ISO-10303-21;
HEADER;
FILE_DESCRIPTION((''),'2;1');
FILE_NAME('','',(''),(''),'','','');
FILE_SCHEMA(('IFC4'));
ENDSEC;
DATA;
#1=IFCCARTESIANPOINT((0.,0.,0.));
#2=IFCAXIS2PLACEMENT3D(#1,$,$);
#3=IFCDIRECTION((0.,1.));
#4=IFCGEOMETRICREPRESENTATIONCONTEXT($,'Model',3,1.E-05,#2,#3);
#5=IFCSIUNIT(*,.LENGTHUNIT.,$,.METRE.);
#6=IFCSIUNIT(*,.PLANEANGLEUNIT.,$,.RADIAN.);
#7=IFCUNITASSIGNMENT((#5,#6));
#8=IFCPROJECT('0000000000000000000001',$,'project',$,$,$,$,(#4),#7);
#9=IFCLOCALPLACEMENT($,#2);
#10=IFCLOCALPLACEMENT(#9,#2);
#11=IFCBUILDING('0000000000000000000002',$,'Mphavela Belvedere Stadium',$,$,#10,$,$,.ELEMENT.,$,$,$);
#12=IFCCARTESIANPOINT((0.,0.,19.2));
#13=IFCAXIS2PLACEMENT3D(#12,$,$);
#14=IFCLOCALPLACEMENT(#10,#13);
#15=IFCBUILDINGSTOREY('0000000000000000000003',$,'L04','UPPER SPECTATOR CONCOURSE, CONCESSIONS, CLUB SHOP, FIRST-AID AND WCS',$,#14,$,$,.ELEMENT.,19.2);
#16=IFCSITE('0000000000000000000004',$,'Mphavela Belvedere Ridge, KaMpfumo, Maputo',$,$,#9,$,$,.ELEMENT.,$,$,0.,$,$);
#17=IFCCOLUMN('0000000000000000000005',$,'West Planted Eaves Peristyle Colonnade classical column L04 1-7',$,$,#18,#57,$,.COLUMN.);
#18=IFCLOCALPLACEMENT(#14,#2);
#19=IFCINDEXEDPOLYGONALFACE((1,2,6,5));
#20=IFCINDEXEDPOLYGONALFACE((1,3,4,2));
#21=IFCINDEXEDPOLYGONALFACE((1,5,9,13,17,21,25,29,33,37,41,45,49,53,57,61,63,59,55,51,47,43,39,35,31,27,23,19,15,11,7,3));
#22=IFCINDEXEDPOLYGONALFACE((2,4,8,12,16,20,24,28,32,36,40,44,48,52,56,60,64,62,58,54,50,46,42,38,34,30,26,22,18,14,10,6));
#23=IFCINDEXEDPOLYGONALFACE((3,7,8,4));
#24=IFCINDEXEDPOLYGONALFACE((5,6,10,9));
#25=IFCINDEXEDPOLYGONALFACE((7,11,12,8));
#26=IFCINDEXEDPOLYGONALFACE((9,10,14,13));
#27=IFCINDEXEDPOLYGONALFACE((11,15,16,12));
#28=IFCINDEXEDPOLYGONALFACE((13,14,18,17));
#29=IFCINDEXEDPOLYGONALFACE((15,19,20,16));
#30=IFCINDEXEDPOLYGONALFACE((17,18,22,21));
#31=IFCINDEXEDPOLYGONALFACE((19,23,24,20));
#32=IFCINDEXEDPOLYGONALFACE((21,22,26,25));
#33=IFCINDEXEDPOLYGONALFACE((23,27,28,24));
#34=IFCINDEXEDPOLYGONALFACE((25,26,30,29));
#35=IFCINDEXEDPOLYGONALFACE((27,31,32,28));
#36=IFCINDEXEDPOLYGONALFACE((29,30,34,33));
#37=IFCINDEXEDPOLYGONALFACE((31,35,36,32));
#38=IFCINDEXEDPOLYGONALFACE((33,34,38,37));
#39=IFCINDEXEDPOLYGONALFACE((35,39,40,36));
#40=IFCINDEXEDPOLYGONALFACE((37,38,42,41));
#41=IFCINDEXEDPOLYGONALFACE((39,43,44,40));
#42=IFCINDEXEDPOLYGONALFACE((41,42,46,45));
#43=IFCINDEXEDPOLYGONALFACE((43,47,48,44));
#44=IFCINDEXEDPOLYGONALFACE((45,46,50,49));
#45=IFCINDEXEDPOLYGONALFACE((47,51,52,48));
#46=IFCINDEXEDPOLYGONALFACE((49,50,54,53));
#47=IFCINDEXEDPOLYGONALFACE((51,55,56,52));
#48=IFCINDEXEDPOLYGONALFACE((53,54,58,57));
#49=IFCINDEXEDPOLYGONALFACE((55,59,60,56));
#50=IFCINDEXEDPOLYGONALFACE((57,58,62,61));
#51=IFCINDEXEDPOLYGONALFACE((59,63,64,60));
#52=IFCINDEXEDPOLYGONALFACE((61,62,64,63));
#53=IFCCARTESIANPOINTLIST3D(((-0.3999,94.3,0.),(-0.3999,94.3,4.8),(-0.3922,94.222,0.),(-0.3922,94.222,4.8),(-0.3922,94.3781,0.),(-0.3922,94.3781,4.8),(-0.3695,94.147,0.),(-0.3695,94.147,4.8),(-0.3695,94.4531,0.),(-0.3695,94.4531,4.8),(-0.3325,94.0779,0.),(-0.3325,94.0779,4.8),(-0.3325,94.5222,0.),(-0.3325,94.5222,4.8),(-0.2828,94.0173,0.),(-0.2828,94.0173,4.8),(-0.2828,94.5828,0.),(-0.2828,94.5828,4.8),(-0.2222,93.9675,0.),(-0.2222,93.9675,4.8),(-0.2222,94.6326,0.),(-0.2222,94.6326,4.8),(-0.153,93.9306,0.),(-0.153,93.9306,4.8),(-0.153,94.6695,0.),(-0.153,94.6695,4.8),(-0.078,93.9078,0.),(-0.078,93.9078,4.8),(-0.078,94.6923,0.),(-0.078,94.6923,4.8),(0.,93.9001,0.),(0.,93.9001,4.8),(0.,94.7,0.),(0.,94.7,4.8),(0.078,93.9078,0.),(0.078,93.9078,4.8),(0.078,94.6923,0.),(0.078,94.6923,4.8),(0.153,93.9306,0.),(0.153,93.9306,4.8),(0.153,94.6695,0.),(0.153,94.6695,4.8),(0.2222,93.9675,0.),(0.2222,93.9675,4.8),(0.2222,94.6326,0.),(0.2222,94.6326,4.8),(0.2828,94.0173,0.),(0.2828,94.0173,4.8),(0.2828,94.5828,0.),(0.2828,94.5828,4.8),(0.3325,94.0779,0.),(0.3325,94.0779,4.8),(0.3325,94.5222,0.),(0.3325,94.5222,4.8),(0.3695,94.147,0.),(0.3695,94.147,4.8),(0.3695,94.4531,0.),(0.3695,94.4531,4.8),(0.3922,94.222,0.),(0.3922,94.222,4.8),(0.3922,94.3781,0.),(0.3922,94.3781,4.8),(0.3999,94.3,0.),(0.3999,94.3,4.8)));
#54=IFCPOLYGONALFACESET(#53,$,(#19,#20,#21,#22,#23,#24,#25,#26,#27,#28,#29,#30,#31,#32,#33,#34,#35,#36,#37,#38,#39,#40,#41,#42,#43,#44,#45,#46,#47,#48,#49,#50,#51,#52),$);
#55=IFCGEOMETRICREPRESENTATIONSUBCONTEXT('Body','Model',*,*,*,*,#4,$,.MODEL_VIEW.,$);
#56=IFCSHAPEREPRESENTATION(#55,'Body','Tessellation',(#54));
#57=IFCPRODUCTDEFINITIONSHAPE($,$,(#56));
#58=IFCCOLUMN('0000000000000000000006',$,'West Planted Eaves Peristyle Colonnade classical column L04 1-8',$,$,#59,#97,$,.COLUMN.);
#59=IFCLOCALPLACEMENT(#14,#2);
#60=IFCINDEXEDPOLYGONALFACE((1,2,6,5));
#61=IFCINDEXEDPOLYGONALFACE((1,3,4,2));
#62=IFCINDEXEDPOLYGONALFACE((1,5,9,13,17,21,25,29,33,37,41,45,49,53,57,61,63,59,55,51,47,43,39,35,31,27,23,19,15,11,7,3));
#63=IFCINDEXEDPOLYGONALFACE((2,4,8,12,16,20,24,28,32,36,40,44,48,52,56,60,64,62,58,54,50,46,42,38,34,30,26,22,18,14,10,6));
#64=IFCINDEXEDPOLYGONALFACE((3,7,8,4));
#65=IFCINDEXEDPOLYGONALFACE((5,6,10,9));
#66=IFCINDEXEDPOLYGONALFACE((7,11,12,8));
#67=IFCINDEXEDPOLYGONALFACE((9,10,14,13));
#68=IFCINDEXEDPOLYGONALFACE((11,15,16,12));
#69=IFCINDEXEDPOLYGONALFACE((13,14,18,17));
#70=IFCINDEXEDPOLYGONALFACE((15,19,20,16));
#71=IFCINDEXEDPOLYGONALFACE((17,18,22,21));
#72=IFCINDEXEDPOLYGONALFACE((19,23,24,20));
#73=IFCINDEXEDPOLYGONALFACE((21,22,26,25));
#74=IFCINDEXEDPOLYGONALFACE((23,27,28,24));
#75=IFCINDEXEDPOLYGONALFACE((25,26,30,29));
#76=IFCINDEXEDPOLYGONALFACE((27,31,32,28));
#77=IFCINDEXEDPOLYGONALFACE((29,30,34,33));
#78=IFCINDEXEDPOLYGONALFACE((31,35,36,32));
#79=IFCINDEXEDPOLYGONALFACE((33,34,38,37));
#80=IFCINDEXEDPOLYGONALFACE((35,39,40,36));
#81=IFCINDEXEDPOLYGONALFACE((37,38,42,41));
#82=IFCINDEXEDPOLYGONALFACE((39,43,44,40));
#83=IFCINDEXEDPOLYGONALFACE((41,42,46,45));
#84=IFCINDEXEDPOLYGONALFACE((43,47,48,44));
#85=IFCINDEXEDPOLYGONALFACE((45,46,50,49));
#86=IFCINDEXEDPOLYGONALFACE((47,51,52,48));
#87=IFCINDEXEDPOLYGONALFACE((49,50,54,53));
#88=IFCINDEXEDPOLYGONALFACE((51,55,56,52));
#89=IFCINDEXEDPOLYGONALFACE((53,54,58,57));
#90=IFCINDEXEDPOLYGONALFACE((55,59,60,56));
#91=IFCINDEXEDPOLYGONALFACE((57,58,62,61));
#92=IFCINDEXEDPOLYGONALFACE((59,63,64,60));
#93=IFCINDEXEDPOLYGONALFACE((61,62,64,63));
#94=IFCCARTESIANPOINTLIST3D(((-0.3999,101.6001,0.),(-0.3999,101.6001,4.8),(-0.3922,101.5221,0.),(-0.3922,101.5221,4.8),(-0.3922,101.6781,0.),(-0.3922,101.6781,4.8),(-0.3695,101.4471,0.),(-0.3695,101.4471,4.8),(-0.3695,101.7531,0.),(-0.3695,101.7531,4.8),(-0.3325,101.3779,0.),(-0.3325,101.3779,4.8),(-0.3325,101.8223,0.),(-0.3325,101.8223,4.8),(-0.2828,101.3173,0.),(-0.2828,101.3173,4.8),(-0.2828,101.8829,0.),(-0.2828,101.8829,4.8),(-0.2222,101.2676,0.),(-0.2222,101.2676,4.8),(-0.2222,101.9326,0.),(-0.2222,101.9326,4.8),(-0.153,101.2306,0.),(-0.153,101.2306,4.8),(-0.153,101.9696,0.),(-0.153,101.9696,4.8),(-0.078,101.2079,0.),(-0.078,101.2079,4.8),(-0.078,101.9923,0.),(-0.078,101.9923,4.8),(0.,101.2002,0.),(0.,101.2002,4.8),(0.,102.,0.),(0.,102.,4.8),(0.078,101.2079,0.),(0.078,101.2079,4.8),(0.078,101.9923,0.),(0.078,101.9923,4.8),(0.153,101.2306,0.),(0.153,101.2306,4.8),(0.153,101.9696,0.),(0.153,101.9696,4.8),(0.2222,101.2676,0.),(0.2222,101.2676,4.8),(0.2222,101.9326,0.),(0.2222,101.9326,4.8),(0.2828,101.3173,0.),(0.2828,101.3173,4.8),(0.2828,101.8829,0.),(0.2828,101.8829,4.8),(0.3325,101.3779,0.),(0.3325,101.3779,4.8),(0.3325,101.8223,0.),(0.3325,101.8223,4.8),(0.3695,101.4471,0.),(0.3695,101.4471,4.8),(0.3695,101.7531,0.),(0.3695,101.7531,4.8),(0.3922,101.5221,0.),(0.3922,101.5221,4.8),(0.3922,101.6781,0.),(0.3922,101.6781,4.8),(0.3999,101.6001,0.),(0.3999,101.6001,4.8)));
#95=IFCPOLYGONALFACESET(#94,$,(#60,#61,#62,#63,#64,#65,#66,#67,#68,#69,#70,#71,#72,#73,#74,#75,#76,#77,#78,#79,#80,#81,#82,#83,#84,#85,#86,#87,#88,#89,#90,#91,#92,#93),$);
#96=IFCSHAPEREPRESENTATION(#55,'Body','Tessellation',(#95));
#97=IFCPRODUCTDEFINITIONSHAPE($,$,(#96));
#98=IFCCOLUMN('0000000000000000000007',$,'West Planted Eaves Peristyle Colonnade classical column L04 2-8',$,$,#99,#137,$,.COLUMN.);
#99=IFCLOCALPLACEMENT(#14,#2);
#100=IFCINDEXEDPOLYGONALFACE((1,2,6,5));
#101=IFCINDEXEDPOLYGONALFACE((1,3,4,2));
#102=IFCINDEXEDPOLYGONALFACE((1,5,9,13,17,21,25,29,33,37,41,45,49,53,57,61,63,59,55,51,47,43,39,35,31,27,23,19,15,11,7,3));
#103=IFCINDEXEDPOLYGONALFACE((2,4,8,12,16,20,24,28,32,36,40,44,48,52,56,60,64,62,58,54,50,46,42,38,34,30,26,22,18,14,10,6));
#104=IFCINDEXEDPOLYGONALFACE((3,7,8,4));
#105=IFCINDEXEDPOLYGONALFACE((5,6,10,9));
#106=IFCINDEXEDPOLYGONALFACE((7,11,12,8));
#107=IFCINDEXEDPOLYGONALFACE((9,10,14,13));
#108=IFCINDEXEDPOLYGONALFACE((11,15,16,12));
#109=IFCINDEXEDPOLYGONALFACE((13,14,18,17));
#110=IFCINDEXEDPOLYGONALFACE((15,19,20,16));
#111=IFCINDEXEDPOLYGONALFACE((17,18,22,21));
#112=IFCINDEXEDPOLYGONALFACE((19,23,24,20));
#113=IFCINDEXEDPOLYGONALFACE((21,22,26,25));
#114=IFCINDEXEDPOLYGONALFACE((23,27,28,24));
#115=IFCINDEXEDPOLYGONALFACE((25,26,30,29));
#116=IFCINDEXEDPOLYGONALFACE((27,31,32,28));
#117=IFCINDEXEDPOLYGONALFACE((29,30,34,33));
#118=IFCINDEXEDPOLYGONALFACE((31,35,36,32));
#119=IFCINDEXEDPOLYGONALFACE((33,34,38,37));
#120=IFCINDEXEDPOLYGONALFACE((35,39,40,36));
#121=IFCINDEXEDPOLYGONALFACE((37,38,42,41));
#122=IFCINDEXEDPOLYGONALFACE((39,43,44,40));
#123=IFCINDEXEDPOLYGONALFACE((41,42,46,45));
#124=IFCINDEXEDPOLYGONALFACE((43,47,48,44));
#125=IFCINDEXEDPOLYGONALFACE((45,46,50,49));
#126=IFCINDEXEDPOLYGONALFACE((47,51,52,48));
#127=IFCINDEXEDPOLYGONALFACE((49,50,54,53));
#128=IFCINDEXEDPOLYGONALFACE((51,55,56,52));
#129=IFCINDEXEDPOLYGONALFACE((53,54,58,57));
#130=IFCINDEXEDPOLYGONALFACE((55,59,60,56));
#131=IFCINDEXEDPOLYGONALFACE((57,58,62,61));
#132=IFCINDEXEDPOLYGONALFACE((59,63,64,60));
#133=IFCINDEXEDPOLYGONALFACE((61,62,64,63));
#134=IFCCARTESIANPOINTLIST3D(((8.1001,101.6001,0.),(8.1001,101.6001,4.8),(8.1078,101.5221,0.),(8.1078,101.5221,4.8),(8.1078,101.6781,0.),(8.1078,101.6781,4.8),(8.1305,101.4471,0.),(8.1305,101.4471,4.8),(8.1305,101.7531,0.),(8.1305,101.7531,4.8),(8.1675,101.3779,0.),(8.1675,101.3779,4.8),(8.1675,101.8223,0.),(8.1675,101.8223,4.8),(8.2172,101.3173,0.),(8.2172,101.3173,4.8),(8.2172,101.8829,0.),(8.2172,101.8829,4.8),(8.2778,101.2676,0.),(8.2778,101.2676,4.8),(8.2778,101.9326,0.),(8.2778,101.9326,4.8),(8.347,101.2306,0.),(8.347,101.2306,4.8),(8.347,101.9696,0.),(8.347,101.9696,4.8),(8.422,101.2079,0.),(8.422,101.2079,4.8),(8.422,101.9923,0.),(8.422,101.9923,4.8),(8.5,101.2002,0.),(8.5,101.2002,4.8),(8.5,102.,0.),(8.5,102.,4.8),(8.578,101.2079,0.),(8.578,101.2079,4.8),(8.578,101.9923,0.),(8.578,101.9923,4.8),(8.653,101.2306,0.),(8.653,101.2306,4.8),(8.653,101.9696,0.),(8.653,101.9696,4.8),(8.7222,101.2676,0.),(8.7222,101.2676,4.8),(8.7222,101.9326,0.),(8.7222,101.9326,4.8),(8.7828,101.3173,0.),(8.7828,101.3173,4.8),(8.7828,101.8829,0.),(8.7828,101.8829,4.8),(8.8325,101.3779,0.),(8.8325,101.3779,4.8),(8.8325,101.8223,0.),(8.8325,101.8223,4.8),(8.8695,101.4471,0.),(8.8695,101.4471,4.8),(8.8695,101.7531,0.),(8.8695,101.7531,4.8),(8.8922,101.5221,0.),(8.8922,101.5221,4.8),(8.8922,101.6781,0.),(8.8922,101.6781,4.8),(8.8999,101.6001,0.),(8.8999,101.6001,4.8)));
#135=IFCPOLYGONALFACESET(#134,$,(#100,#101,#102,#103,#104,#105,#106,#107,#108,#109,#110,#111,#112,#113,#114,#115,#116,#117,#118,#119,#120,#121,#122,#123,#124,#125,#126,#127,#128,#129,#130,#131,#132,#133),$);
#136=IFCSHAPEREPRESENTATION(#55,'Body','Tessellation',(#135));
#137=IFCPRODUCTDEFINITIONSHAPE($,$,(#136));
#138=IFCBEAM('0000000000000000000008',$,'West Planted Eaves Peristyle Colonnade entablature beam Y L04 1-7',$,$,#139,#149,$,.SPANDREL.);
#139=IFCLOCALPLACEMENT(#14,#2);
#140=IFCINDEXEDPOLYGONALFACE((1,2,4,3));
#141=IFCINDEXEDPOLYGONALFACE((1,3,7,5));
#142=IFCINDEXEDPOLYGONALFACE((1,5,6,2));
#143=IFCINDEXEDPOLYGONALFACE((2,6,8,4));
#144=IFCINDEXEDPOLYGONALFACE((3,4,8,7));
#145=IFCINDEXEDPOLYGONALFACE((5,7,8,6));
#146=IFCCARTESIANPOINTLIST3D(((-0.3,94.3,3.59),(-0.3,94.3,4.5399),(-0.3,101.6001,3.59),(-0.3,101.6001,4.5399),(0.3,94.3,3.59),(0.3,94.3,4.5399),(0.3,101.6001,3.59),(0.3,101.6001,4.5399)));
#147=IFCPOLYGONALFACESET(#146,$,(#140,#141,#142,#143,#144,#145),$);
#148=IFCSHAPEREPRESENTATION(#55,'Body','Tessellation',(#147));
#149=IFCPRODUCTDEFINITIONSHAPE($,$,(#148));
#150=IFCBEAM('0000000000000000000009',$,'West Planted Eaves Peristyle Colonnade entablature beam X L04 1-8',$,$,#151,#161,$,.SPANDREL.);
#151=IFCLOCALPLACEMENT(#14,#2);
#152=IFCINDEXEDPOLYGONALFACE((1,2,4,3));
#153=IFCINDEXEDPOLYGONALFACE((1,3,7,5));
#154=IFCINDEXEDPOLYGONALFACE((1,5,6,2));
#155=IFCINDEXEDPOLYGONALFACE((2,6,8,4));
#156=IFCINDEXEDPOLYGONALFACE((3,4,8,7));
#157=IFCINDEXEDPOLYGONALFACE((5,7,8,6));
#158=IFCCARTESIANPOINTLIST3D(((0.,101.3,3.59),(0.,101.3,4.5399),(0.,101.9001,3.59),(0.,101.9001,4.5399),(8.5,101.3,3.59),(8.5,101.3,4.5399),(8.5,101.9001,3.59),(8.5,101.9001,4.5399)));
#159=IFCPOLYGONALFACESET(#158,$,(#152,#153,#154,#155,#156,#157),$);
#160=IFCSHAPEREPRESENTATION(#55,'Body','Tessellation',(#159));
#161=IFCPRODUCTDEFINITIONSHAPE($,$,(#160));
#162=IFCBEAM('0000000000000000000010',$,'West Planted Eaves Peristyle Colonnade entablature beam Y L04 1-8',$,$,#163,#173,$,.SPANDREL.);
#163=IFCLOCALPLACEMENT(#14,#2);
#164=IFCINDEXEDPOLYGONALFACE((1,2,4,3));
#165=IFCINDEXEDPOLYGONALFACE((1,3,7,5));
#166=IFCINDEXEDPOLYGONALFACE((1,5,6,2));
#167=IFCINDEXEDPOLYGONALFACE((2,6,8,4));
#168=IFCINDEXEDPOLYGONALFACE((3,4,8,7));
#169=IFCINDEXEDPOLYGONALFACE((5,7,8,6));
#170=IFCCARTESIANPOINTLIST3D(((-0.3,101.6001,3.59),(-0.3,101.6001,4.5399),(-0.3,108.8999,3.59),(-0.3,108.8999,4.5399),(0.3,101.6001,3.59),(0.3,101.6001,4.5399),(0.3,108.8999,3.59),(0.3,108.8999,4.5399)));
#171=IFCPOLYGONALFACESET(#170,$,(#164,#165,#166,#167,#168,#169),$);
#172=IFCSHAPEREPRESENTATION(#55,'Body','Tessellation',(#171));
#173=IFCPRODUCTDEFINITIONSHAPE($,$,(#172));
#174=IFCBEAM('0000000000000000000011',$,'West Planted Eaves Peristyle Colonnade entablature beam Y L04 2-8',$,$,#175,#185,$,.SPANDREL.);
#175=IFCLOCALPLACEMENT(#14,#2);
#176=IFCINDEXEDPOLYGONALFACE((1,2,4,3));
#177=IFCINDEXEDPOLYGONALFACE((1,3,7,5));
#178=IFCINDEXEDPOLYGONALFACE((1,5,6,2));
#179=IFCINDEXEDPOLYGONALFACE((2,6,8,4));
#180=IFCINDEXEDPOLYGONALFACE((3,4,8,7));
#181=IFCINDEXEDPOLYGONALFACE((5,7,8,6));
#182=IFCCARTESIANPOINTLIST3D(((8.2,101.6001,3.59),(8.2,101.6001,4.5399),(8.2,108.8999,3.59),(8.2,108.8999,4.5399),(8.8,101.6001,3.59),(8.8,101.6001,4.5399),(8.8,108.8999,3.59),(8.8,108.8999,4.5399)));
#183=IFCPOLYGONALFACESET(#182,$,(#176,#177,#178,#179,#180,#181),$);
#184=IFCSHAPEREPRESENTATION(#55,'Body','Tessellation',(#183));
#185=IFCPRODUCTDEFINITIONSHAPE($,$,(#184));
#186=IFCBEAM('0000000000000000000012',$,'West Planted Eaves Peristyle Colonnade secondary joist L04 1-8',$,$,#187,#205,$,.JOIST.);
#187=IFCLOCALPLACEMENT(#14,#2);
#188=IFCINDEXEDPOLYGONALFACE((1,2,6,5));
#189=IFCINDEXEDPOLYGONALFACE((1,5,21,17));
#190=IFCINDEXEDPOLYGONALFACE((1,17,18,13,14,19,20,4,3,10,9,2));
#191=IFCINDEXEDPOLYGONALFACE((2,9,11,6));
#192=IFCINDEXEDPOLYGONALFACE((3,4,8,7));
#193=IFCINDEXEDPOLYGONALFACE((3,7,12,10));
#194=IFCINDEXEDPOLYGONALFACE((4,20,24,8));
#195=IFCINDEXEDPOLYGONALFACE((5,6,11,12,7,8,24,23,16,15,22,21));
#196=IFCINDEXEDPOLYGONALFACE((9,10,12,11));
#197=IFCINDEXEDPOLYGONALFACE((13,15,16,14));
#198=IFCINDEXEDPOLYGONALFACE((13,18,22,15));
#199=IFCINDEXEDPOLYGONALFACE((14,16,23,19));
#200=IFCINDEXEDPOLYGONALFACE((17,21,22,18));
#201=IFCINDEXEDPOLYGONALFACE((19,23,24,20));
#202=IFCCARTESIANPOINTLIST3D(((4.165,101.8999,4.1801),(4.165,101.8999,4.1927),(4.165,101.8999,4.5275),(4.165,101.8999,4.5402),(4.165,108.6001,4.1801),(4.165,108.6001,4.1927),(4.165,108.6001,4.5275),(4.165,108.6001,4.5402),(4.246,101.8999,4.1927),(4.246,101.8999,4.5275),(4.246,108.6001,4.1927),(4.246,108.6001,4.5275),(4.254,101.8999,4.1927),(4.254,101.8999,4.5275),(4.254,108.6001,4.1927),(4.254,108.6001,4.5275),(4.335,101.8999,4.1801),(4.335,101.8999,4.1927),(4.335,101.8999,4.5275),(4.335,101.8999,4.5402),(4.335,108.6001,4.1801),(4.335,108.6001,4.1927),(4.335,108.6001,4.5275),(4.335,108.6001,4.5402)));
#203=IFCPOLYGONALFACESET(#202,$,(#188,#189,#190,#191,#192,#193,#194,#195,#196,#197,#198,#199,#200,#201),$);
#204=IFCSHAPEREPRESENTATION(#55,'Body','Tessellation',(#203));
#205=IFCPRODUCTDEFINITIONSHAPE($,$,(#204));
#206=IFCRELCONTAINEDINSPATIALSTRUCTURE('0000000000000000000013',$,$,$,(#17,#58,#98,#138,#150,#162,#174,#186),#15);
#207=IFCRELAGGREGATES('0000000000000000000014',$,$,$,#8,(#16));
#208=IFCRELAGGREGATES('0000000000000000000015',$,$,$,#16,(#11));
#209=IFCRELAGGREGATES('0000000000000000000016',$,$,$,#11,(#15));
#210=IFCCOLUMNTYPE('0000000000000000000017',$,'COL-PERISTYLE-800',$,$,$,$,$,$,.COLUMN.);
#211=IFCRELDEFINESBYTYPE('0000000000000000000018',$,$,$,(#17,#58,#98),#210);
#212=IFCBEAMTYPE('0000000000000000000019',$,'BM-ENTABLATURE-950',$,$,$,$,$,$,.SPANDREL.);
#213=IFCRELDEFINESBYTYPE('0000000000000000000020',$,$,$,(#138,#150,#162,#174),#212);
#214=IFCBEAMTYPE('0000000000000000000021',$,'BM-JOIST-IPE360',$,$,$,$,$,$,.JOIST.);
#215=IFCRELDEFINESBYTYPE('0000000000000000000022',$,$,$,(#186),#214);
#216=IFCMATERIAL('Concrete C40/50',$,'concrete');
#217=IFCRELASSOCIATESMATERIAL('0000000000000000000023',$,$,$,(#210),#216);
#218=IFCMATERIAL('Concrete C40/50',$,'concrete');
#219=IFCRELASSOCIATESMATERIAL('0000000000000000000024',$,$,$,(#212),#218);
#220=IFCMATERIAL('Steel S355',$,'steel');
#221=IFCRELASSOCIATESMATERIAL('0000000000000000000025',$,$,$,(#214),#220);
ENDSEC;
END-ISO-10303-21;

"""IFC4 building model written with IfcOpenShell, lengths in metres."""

from ifc_helpers import new_model, si_unit, direction, frame, origin, origin_2d, place, context, subcontext, project, spatial, rectangle, circle, i_section, extrude, material, material_profile, profile_set, type_object, element, save


model = new_model("IFC4")

# Units and contexts
model_context = context("Model", 3, precision=1e-05, world=origin(), true_north=direction((0.0, 1.0)))
body_context = subcontext(model_context, "Body", "Model", "MODEL_VIEW")
ifc_project = project(units=[si_unit("LENGTHUNIT", "METRE"), si_unit("PLANEANGLEUNIT", "RADIAN")], contexts=[model_context])

# Site, building, storey
site_placement = place(None, origin())
site = spatial("IfcSite", under=ifc_project, at=site_placement, Name="Mphavela Belvedere Ridge, KaMpfumo, Maputo", CompositionType="ELEMENT", RefElevation=0.0)
building_placement = place(site_placement, origin())
building = spatial("IfcBuilding", under=site, at=building_placement, Name="Mphavela Belvedere Stadium", CompositionType="ELEMENT")
storey_placement = place(building_placement, frame((0.0, 0.0, 19.2)))
storey = spatial("IfcBuildingStorey", under=building, at=storey_placement, Name="L04", Description="UPPER SPECTATOR CONCOURSE, CONCESSIONS, CLUB SHOP, FIRST-AID AND WCS", CompositionType="ELEMENT", Elevation=19.2)

# Columns
ifc_material_1 = material(Name="Concrete C40/50", Category="concrete")
ifc_material_profile_1 = material_profile(ifc_material_1, circle(Radius=0.3999, at=origin_2d()), Name="COL D800")
ifc_profile_set_1 = profile_set([ifc_material_profile_1], Name="Concrete C40/50")
column_type = type_object("IfcColumnType", Name="COL-PERISTYLE-800", PredefinedType="COLUMN", material=ifc_profile_set_1)
for number, where, z_axis, x_axis, name in (
    (1, (0.0, 94.3, 0.0), (0.0, 0.0, 1.0), (1.0, 0.0, 0.0), "West Planted Eaves Peristyle Colonnade classical column L04 1-7"),
    (2, (0.0, 101.6001, 0.0), (0.0, 0.0, 1.0), (1.0, 0.0, 0.0), "West Planted Eaves Peristyle Colonnade classical column L04 1-8"),
    (3, (8.5, 101.6001, 0.0), (0.0, 0.0, 1.0), (1.0, 0.0, 0.0), "West Planted Eaves Peristyle Colonnade classical column L04 2-8"),
):
    element("IfcColumn", number, at=place(storey_placement, frame(where, z_axis=z_axis, x_axis=x_axis)), inside=storey, type_object=column_type, Name=name, PredefinedType="COLUMN", context=body_context, shape_type="SweptSolid", body=[
        extrude(circle(Radius=0.3999, at=origin_2d()), origin(), (0.0, 0.0, 1.0), 4.8),
    ])

# Beams
ifc_material_2 = material(Name="Concrete C40/50", Category="concrete")
ifc_material_profile_2 = material_profile(ifc_material_2, rectangle(XDim=0.6001, YDim=0.95, at=origin_2d()), Name="RC 600x950")
ifc_profile_set_2 = profile_set([ifc_material_profile_2], Name="Concrete C40/50")
beam_type_1 = type_object("IfcBeamType", Name="BM-ENTABLATURE-950", PredefinedType="SPANDREL", material=ifc_profile_set_2)
beam_1_placement = place(storey_placement, frame((0.0, 94.3, 4.0649), z_axis=(0.0, 1.0, 0.0), x_axis=(-1.0, 0.0, 0.0)))
element("IfcBeam", 4, at=beam_1_placement, inside=storey, type_object=beam_type_1, Name="West Planted Eaves Peristyle Colonnade entablature beam Y L04 1-7", PredefinedType="SPANDREL", context=body_context, shape_type="SweptSolid", body=[
    extrude(rectangle(XDim=0.6001, YDim=0.95, at=origin_2d()), origin(), (0.0, 0.0, 1.0), 7.3),
])
beam_2_placement = place(storey_placement, frame((0.0, 101.6001, 4.0649), z_axis=(1.0, 0.0, 0.0), x_axis=(0.0, 1.0, 0.0)))
element("IfcBeam", 5, at=beam_2_placement, inside=storey, type_object=beam_type_1, Name="West Planted Eaves Peristyle Colonnade entablature beam X L04 1-8", PredefinedType="SPANDREL", context=body_context, shape_type="SweptSolid", body=[
    extrude(rectangle(XDim=0.6001, YDim=0.95, at=origin_2d()), origin(), (0.0, 0.0, 1.0), 8.5),
])
for number, where, z_axis, x_axis, name in (
    (6, (0.0, 101.6001, 4.0649), (0.0, 1.0, 0.0), (-1.0, 0.0, 0.0), "West Planted Eaves Peristyle Colonnade entablature beam Y L04 1-8"),
    (7, (8.5, 101.6001, 4.0649), (0.0, 1.0, 0.0), (-1.0, 0.0, 0.0), "West Planted Eaves Peristyle Colonnade entablature beam Y L04 2-8"),
):
    element("IfcBeam", number, at=place(storey_placement, frame(where, z_axis=z_axis, x_axis=x_axis)), inside=storey, type_object=beam_type_1, Name=name, PredefinedType="SPANDREL", context=body_context, shape_type="SweptSolid", body=[
        extrude(rectangle(XDim=0.6001, YDim=0.95, at=origin_2d()), origin(), (0.0, 0.0, 1.0), 7.2998),
    ])
ifc_material_3 = material(Name="Steel S355", Category="steel")
ifc_material_profile_3 = material_profile(ifc_material_3, i_section(OverallWidth=0.1699, OverallDepth=0.3601, WebThickness=0.0081, FlangeThickness=0.0127, at=origin_2d()), Name="IPE 360")
ifc_profile_set_3 = profile_set([ifc_material_profile_3], Name="Steel S355")
beam_type_2 = type_object("IfcBeamType", Name="BM-JOIST-IPE360", PredefinedType="JOIST", material=ifc_profile_set_3)
beam_3_placement = place(storey_placement, frame((4.25, 101.8999, 4.3601), z_axis=(0.0, 1.0, 0.0), x_axis=(-1.0, 0.0, 0.0)))
element("IfcBeam", 8, at=beam_3_placement, inside=storey, type_object=beam_type_2, Name="West Planted Eaves Peristyle Colonnade secondary joist L04 1-8", PredefinedType="JOIST", context=body_context, shape_type="SweptSolid", body=[
    extrude(i_section(OverallWidth=0.1699, OverallDepth=0.3601, WebThickness=0.0081, FlangeThickness=0.0127, at=origin_2d()), origin(), (0.0, 0.0, 1.0), 6.7002),
])

save(model, "model.ifc")
